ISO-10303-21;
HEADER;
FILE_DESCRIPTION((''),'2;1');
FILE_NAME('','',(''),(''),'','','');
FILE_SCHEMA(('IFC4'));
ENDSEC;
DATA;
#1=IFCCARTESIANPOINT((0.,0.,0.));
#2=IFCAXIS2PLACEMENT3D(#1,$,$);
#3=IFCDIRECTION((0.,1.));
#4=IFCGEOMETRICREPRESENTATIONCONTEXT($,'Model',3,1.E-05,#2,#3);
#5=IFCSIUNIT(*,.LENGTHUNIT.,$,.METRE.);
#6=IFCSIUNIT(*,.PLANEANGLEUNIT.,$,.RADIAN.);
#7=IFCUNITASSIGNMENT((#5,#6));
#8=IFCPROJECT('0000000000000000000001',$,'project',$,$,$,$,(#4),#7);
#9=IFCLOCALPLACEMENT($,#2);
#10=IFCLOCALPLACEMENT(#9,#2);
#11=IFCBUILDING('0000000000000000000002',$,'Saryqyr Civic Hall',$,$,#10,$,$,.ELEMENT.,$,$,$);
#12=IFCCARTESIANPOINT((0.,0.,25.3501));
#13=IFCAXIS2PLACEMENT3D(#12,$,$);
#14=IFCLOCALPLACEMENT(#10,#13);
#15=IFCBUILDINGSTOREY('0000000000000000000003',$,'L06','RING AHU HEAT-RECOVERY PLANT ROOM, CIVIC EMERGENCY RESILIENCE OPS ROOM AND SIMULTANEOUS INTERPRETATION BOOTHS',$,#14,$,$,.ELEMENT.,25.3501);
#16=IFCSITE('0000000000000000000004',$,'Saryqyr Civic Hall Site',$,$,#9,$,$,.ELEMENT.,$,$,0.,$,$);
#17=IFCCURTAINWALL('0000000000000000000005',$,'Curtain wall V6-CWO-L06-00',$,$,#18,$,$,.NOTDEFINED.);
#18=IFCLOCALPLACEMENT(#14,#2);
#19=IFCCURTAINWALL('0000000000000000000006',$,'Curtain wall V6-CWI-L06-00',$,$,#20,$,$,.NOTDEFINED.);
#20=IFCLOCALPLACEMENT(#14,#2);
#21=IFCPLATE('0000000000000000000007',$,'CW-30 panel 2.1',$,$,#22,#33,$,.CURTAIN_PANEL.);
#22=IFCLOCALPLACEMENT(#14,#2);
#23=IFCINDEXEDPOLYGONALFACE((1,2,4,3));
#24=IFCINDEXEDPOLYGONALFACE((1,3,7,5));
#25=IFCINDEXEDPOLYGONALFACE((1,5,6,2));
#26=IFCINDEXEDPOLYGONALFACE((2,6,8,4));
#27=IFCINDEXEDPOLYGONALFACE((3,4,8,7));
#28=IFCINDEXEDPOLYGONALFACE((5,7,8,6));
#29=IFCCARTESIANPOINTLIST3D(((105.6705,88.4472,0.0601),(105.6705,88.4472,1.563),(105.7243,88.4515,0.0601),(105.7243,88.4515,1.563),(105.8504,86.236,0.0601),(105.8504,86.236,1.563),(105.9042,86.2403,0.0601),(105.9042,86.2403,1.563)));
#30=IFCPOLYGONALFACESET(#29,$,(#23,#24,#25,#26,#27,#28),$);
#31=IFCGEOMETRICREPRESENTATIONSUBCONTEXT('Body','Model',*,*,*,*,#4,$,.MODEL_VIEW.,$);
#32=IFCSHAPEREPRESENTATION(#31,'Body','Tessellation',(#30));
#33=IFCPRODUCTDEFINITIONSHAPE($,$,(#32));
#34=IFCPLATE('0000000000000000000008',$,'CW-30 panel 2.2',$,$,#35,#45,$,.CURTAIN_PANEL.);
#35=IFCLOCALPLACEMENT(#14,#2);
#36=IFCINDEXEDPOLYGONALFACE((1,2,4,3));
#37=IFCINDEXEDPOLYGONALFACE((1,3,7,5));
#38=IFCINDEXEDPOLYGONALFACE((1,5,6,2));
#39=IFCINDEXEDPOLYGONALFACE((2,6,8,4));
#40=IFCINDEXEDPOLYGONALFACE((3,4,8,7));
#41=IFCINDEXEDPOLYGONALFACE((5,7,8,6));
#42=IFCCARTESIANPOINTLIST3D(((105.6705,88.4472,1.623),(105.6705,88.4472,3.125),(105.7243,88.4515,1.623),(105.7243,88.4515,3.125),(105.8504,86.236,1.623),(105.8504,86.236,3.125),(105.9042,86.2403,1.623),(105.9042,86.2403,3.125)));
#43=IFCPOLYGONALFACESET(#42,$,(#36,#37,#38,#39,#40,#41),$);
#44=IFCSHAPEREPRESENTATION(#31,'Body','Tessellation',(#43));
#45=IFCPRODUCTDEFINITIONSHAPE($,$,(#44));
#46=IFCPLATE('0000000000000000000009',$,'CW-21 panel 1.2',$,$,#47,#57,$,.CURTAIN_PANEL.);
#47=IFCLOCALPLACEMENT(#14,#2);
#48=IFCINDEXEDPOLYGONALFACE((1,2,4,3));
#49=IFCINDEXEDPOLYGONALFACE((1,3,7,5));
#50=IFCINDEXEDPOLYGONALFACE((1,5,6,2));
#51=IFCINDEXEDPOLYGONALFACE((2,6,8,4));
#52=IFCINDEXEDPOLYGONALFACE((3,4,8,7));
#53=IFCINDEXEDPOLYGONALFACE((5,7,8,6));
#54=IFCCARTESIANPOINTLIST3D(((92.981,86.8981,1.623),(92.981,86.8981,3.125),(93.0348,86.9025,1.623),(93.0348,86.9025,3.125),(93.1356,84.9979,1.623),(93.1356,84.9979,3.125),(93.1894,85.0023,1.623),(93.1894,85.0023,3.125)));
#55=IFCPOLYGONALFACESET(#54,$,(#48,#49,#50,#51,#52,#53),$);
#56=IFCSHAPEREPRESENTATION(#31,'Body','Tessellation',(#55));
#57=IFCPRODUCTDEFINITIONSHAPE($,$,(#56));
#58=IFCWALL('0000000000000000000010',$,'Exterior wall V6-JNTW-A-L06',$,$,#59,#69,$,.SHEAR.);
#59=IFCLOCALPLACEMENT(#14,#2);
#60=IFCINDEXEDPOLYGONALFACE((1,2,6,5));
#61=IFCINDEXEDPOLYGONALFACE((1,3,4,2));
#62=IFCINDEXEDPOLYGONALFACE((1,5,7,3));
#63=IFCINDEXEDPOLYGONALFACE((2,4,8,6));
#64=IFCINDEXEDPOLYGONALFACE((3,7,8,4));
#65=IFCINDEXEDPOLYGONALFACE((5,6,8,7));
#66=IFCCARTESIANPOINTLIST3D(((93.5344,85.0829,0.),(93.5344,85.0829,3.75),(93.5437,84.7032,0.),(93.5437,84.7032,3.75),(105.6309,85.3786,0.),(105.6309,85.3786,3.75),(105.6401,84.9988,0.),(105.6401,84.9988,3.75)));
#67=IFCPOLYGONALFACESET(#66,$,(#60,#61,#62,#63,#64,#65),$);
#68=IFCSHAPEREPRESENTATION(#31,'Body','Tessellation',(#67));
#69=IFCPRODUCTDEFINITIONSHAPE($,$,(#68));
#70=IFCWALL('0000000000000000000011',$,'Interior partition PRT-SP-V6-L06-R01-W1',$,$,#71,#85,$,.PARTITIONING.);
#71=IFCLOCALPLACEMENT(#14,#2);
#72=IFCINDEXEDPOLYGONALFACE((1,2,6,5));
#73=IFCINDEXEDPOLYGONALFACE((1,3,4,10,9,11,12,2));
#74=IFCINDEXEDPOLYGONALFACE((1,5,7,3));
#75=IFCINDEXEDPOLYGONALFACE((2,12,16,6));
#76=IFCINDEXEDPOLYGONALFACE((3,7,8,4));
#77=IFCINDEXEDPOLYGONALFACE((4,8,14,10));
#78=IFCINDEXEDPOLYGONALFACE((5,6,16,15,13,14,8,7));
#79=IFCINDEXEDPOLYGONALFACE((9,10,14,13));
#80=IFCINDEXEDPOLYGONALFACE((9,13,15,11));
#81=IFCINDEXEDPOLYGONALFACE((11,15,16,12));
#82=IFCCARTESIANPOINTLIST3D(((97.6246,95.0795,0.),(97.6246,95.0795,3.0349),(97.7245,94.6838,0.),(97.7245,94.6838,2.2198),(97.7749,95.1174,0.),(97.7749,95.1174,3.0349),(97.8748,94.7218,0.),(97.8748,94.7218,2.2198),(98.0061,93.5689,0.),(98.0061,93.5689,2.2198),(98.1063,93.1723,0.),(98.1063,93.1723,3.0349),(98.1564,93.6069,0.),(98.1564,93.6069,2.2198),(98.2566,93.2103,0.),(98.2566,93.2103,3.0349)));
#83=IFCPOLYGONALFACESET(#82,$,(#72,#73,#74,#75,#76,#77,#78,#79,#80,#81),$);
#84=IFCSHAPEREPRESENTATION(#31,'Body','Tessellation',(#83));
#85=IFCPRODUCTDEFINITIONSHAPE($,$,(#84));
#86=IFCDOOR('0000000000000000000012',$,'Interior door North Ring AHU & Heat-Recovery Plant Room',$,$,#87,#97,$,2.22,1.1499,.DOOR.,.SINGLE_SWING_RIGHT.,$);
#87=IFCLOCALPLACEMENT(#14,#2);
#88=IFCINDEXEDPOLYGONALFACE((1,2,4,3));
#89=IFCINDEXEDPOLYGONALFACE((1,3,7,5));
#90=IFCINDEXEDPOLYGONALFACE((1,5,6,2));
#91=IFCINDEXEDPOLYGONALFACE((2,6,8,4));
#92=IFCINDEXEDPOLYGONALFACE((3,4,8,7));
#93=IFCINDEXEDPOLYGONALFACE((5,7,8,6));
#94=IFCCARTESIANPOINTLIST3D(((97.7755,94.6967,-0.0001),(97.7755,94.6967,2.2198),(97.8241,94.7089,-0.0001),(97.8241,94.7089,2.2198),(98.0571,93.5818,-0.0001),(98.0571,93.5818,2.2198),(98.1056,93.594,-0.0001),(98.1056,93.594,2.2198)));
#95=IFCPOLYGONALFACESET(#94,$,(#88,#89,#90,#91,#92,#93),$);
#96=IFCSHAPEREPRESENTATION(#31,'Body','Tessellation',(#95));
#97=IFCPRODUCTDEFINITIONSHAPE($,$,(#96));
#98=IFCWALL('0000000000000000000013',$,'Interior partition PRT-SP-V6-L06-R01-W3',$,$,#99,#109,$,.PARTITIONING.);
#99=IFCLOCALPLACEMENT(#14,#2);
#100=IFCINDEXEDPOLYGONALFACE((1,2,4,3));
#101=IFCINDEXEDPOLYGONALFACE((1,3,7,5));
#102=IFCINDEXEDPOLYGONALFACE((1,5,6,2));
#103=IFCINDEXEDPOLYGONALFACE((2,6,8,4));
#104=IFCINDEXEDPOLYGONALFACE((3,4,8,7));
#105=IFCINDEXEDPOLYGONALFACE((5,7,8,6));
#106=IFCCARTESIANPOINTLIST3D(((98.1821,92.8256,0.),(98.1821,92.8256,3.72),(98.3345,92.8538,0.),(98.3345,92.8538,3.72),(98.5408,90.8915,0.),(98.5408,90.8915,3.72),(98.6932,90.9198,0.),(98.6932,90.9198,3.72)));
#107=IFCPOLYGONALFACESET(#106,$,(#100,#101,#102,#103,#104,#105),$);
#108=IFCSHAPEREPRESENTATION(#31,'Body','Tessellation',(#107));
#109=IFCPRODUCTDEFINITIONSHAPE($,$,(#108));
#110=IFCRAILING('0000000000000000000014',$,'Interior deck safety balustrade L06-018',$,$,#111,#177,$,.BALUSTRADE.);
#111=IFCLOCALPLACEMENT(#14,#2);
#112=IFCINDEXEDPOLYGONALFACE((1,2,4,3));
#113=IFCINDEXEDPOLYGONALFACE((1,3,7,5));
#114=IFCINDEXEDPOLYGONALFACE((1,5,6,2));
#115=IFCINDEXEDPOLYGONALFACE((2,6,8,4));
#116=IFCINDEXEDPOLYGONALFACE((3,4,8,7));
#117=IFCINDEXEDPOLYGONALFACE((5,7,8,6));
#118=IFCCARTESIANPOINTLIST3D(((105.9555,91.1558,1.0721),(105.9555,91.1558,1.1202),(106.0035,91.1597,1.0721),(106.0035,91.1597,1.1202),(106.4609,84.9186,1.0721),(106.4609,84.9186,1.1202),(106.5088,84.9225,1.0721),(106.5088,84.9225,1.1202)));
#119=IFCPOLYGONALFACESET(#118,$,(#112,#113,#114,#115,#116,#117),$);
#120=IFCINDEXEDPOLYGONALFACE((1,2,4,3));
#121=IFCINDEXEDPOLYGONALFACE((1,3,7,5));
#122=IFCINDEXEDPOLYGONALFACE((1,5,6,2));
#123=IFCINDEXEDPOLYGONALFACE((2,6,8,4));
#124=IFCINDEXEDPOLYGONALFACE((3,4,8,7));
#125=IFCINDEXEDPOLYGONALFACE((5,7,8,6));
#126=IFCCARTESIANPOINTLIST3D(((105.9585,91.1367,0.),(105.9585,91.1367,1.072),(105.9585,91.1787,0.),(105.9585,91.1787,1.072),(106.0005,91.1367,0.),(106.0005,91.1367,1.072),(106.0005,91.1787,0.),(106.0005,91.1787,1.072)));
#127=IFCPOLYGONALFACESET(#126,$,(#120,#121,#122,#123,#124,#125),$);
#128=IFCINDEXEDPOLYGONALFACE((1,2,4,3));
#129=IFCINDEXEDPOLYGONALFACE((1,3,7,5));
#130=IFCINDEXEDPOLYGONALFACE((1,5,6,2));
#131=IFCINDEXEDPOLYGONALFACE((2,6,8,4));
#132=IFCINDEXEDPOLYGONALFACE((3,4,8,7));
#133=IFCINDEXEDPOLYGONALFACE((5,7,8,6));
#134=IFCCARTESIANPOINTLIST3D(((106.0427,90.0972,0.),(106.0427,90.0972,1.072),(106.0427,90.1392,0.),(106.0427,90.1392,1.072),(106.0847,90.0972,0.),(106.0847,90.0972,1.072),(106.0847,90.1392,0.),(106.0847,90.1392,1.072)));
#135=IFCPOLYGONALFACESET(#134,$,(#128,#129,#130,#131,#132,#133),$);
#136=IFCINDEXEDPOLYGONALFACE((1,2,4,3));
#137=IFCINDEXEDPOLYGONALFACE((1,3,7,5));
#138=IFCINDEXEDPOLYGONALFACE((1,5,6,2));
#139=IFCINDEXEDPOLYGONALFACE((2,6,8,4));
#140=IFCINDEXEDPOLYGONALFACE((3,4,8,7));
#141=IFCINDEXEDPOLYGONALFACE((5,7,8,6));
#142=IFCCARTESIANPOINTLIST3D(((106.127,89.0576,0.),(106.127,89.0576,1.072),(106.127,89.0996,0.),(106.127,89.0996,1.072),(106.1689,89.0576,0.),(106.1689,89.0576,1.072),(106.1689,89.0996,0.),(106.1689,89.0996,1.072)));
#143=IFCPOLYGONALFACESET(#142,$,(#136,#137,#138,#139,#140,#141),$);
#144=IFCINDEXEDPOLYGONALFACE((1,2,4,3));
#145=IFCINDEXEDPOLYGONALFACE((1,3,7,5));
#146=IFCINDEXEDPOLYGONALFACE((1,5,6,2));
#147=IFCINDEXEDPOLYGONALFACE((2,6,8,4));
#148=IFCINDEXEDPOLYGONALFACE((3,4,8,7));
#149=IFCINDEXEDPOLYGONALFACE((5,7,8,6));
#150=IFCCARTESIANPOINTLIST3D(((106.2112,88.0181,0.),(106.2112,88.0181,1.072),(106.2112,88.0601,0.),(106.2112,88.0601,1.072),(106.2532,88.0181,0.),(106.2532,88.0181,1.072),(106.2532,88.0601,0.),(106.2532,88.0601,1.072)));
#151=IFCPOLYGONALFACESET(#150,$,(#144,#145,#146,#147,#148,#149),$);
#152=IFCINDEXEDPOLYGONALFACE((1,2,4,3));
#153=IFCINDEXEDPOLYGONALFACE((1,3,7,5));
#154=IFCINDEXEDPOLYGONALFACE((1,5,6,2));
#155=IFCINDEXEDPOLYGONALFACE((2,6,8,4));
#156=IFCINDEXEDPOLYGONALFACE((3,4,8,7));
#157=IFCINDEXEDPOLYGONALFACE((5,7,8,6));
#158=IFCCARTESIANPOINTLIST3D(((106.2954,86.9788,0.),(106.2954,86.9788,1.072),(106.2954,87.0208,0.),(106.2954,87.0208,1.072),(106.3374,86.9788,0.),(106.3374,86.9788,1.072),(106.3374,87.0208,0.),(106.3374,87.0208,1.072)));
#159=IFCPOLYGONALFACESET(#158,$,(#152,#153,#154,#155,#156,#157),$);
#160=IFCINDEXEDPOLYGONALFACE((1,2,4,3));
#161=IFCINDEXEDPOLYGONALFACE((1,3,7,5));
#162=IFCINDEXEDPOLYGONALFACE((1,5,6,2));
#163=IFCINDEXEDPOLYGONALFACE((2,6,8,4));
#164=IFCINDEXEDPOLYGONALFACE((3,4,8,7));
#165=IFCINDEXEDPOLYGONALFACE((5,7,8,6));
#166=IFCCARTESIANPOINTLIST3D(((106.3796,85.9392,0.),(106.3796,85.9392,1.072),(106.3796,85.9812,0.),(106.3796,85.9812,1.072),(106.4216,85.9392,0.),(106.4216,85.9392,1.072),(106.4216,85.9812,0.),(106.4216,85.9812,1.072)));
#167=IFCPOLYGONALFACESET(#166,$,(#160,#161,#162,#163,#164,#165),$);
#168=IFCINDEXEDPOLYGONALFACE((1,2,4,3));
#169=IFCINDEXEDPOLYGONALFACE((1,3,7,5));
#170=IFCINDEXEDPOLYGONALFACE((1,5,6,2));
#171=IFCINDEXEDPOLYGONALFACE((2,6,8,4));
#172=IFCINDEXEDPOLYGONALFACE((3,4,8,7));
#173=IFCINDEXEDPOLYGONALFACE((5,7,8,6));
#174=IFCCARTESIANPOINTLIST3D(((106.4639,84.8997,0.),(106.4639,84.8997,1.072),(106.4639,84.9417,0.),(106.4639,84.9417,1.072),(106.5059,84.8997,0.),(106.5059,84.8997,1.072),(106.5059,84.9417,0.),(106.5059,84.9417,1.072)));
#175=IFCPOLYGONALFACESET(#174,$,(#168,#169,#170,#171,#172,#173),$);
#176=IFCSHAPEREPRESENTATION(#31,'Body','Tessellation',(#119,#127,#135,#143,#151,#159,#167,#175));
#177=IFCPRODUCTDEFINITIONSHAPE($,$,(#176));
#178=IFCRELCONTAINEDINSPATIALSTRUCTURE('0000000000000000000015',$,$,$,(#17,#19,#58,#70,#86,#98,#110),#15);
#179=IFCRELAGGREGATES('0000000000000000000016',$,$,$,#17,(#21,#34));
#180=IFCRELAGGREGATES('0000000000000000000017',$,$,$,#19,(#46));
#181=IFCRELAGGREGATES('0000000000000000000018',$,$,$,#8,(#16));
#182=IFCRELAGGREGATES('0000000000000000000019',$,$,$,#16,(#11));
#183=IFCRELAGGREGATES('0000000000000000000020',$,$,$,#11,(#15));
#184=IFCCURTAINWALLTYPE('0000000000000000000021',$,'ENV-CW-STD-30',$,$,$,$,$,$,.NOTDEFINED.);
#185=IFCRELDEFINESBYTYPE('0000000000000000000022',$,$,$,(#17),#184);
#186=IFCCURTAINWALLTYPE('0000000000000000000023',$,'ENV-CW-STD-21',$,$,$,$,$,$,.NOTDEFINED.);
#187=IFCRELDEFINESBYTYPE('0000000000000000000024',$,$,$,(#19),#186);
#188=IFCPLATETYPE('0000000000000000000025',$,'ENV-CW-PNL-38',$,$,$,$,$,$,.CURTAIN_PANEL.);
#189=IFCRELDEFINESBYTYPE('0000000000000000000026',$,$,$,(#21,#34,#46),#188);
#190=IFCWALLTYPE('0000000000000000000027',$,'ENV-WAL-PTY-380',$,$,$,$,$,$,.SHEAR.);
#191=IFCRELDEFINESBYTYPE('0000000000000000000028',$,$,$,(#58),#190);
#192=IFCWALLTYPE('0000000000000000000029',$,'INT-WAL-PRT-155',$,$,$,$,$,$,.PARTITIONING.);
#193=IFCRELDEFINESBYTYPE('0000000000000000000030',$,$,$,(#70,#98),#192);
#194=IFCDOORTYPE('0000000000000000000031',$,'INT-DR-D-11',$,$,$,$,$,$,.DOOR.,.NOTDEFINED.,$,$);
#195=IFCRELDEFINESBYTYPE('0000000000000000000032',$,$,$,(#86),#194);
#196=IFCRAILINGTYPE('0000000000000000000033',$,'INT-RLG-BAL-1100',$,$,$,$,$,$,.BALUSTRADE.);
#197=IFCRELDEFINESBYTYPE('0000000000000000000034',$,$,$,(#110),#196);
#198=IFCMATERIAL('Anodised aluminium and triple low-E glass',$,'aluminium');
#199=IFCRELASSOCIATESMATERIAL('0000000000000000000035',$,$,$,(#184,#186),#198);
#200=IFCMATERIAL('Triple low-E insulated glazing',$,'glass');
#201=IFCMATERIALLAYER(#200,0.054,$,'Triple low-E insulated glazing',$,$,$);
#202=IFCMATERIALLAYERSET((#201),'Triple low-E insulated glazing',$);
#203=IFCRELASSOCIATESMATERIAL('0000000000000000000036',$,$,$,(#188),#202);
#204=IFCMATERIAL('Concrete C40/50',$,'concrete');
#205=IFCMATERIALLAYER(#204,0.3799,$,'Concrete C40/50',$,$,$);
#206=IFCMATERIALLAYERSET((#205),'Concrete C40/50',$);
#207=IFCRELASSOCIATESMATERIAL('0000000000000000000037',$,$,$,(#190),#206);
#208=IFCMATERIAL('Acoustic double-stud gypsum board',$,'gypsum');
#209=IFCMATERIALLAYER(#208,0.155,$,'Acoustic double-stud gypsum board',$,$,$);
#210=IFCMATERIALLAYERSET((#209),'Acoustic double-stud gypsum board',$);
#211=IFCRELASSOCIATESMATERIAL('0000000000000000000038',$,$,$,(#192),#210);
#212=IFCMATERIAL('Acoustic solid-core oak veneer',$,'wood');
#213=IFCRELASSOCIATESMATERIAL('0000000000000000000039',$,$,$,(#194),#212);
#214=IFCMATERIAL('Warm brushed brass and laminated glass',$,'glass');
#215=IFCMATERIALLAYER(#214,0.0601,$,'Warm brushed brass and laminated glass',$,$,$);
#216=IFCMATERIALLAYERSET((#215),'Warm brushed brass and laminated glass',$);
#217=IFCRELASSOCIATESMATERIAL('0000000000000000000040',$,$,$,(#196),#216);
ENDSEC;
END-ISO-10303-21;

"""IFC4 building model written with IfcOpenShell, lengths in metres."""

from ifc_helpers import new_model, si_unit, direction, frame, frame_2d, origin, origin_2d, place, context, subcontext, project, spatial, rectangle, extrude, material, layer, layer_set, type_object, element, fill, aggregate, save


model = new_model("IFC4")

# Units and contexts
model_context = context("Model", 3, precision=1e-05, world=origin(), true_north=direction((0.0, 1.0)))
body_context = subcontext(model_context, "Body", "Model", "MODEL_VIEW")
ifc_project = project(units=[si_unit("LENGTHUNIT", "METRE"), si_unit("PLANEANGLEUNIT", "RADIAN")], contexts=[model_context])

# Site, building, storey
site_placement = place(None, origin())
site = spatial("IfcSite", under=ifc_project, at=site_placement, Name="Saryqyr Civic Hall Site", CompositionType="ELEMENT", RefElevation=0.0)
building_placement = place(site_placement, origin())
building = spatial("IfcBuilding", under=site, at=building_placement, Name="Saryqyr Civic Hall", CompositionType="ELEMENT")
storey_placement = place(building_placement, frame((0.0, 0.0, 25.3501)))
storey = spatial("IfcBuildingStorey", under=building, at=storey_placement, Name="L06", Description="RING AHU HEAT-RECOVERY PLANT ROOM, CIVIC EMERGENCY RESILIENCE OPS ROOM AND SIMULTANEOUS INTERPRETATION BOOTHS", CompositionType="ELEMENT", Elevation=25.3501)

# Shared definitions
ifc_material_1 = material(Name="Concrete C40/50", Category="concrete")

# Curtain wall
ifc_material_2 = material(Name="Anodised aluminium and triple low-E glass", Category="aluminium")
curtain_wall_type_1 = type_object("IfcCurtainWallType", Name="ENV-CW-STD-30", PredefinedType="NOTDEFINED", material=ifc_material_2)
curtain_wall_1_placement = place(storey_placement, origin())
curtain_wall_1 = element("IfcCurtainWall", 1, at=curtain_wall_1_placement, inside=storey, type_object=curtain_wall_type_1, Name="Curtain wall V6-CWO-L06-00", PredefinedType="NOTDEFINED")

# Curtain wall
curtain_wall_type_2 = type_object("IfcCurtainWallType", Name="ENV-CW-STD-21", PredefinedType="NOTDEFINED", material=ifc_material_2)
curtain_wall_2_placement = place(storey_placement, origin())
curtain_wall_2 = element("IfcCurtainWall", 2, at=curtain_wall_2_placement, inside=storey, type_object=curtain_wall_type_2, Name="Curtain wall V6-CWI-L06-00", PredefinedType="NOTDEFINED")

# Plates
ifc_material_3 = material(Name="Triple low-E insulated glazing", Category="glass")
ifc_layer_1 = layer(ifc_material_3, 0.054, Name="Triple low-E insulated glazing")
ifc_layer_set_1 = layer_set([ifc_layer_1], Name="Triple low-E insulated glazing")
plate_type = type_object("IfcPlateType", Name="ENV-CW-PNL-38", PredefinedType="CURTAIN_PANEL", material=ifc_layer_set_1)
plate_1_placement = place(storey_placement, frame((105.7874, 87.3438, 0.0601), z_axis=(0.0, 0.0, 1.0), x_axis=(0.081093, -0.996707, 0.0)))
plate_1 = element("IfcPlate", 3, at=plate_1_placement, type_object=plate_type, Name="CW-30 panel 2.1", PredefinedType="CURTAIN_PANEL", context=body_context, shape_type="SweptSolid", body=[
    extrude(rectangle(XDim=2.2185, YDim=0.054, at=origin_2d()), origin(), (0.0, 0.0, 1.0), 1.5029),
])
plate_2_placement = place(storey_placement, frame((105.7874, 87.3438, 1.623), z_axis=(0.0, 0.0, 1.0), x_axis=(0.081093, -0.996707, 0.0)))
plate_2 = element("IfcPlate", 4, at=plate_2_placement, type_object=plate_type, Name="CW-30 panel 2.2", PredefinedType="CURTAIN_PANEL", context=body_context, shape_type="SweptSolid", body=[
    extrude(rectangle(XDim=2.2185, YDim=0.054, at=origin_2d()), origin(), (0.0, 0.0, 1.0), 1.502),
])
aggregate(curtain_wall_1, [plate_1, plate_2])
plate_3_placement = place(storey_placement, frame((93.0852, 85.9502, 1.623), z_axis=(0.0, 0.0, 1.0), x_axis=(-0.081091, 0.996707, 0.0)))
plate_3 = element("IfcPlate", 5, at=plate_3_placement, type_object=plate_type, Name="CW-21 panel 1.2", PredefinedType="CURTAIN_PANEL", context=body_context, shape_type="SweptSolid", body=[
    extrude(rectangle(XDim=1.9065, YDim=0.054, at=origin_2d()), origin(), (0.0, 0.0, 1.0), 1.502),
])
aggregate(curtain_wall_2, [plate_3])

# Wall
ifc_layer_2 = layer(ifc_material_1, 0.3799, Name="Concrete C40/50")
ifc_layer_set_2 = layer_set([ifc_layer_2], Name="Concrete C40/50")
wall_type_1 = type_object("IfcWallType", Name="ENV-WAL-PTY-380", PredefinedType="SHEAR", material=ifc_layer_set_2)
wall_1_placement = place(storey_placement, frame((105.6355, 85.1887, 0.0), z_axis=(0.0, 0.0, 1.0), x_axis=(-0.999701, -0.024434, 0.0)))
element("IfcWall", 6, at=wall_1_placement, inside=storey, type_object=wall_type_1, Name="Exterior wall V6-JNTW-A-L06", PredefinedType="SHEAR", context=body_context, shape_type="SweptSolid", body=[
    extrude(rectangle(XDim=12.1001, YDim=0.3799, at=frame_2d((6.05, 0.0))), origin(), (0.0, 0.0, 1.0), 3.75),
])

# Wall, opening, door
ifc_material_4 = material(Name="Acoustic double-stud gypsum board", Category="gypsum")
ifc_layer_3 = layer(ifc_material_4, 0.155, Name="Acoustic double-stud gypsum board")
ifc_layer_set_3 = layer_set([ifc_layer_3], Name="Acoustic double-stud gypsum board")
wall_type_2 = type_object("IfcWallType", Name="INT-WAL-PRT-155", PredefinedType="PARTITIONING", material=ifc_layer_set_3)
wall_2_placement = place(storey_placement, frame((98.1814, 93.1914, 0.0), z_axis=(0.0, 0.0, 1.0), x_axis=(-0.244871, 0.969556, 0.0)))
wall_2 = element("IfcWall", 7, at=wall_2_placement, inside=storey, type_object=wall_type_2, Name="Interior partition PRT-SP-V6-L06-R01-W1", PredefinedType="PARTITIONING", context=body_context, shape_type="SweptSolid", body=[
    extrude(rectangle(XDim=1.967, YDim=0.155, at=frame_2d((0.9834, 0.0))), origin(), (0.0, 0.0, 1.0), 3.0349),
])
opening_placement = place(wall_2_placement, frame((0.4089, 0.0, 0.0)))
opening = element("IfcOpeningElement", 8, at=opening_placement, cuts=wall_2, PredefinedType="OPENING", context=body_context, shape_type="SweptSolid", body=[
    extrude(rectangle(XDim=1.1499, YDim=2.22, at=frame_2d((0.575, 1.1099))), frame((0.0, 0.0874, 0.0), z_axis=(0.0, -1.0, 0.0), x_axis=(1.0, 0.0, 0.0)), (0.0, 0.0, 1.0), 0.175),
])
ifc_material_5 = material(Name="Acoustic solid-core oak veneer", Category="wood")
door_type = type_object("IfcDoorType", Name="INT-DR-D-11", OperationType="NOTDEFINED", PredefinedType="DOOR", material=ifc_material_5)
door_placement = place(opening_placement, origin())
door = element("IfcDoor", 9, at=door_placement, inside=storey, type_object=door_type, Name="Interior door North Ring AHU & Heat-Recovery Plant Room", OperationType="SINGLE_SWING_RIGHT", OverallHeight=2.22, OverallWidth=1.1499, PredefinedType="DOOR", context=body_context, shape_type="SweptSolid", body=[
    extrude(rectangle(XDim=1.1499, YDim=2.22, at=frame_2d((0.575, 1.1099))), frame((0.0, 0.0249, 0.0), z_axis=(0.0, -1.0, 0.0), x_axis=(1.0, 0.0, 0.0)), (0.0, 0.0, 1.0), 0.05),
])
fill(opening, door)

# Wall
wall_3_placement = place(storey_placement, frame((98.6169, 90.9058, 0.0), z_axis=(0.0, 0.0, 1.0), x_axis=(-0.182325, 0.983238, 0.0)))
element("IfcWall", 10, at=wall_3_placement, inside=storey, type_object=wall_type_2, Name="Interior partition PRT-SP-V6-L06-R01-W3", PredefinedType="PARTITIONING", context=body_context, shape_type="SweptSolid", body=[
    extrude(rectangle(XDim=1.967, YDim=0.155, at=frame_2d((0.9834, 0.0))), origin(), (0.0, 0.0, 1.0), 3.72),
])

# Railing
ifc_material_6 = material(Name="Warm brushed brass and laminated glass", Category="glass")
ifc_layer_4 = layer(ifc_material_6, 0.0601, Name="Warm brushed brass and laminated glass")
ifc_layer_set_4 = layer_set([ifc_layer_4], Name="Warm brushed brass and laminated glass")
railing_type = type_object("IfcRailingType", Name="INT-RLG-BAL-1100", PredefinedType="BALUSTRADE", material=ifc_layer_set_4)
railing_1_placement = place(storey_placement, frame((105.9795, 91.1577, 0.0)))
element("IfcRailing", 11, at=railing_1_placement, inside=storey, type_object=railing_type, Name="Interior deck safety balustrade L06-018", PredefinedType="BALUSTRADE", context=body_context, shape_type="SweptSolid", body=[
    extrude(rectangle(XDim=0.0481, YDim=0.0481, at=origin_2d()), frame((0.0, 0.0, 1.0962), z_axis=(0.080762, -0.996733, 0.0), x_axis=(0.996733, 0.080762, 0.0)), (0.0, 0.0, 1.0), 6.2576),
    extrude(rectangle(XDim=0.042, YDim=0.042, at=origin_2d()), origin(), (0.0, 0.0, 1.0), 1.072),
    extrude(rectangle(XDim=0.042, YDim=0.042, at=origin_2d()), frame((0.0842, -1.0396, 0.0)), (0.0, 0.0, 1.0), 1.072),
    extrude(rectangle(XDim=0.042, YDim=0.042, at=origin_2d()), frame((0.1685, -2.0791, 0.0)), (0.0, 0.0, 1.0), 1.072),
    extrude(rectangle(XDim=0.042, YDim=0.042, at=origin_2d()), frame((0.2527, -3.1187, 0.0)), (0.0, 0.0, 1.0), 1.072),
    extrude(rectangle(XDim=0.042, YDim=0.042, at=origin_2d()), frame((0.3369, -4.158, 0.0)), (0.0, 0.0, 1.0), 1.072),
    extrude(rectangle(XDim=0.042, YDim=0.042, at=origin_2d()), frame((0.4211, -5.1975, 0.0)), (0.0, 0.0, 1.0), 1.072),
    extrude(rectangle(XDim=0.042, YDim=0.042, at=origin_2d()), frame((0.5054, -6.2371, 0.0)), (0.0, 0.0, 1.0), 1.072),
])

save(model, "model.ifc")
